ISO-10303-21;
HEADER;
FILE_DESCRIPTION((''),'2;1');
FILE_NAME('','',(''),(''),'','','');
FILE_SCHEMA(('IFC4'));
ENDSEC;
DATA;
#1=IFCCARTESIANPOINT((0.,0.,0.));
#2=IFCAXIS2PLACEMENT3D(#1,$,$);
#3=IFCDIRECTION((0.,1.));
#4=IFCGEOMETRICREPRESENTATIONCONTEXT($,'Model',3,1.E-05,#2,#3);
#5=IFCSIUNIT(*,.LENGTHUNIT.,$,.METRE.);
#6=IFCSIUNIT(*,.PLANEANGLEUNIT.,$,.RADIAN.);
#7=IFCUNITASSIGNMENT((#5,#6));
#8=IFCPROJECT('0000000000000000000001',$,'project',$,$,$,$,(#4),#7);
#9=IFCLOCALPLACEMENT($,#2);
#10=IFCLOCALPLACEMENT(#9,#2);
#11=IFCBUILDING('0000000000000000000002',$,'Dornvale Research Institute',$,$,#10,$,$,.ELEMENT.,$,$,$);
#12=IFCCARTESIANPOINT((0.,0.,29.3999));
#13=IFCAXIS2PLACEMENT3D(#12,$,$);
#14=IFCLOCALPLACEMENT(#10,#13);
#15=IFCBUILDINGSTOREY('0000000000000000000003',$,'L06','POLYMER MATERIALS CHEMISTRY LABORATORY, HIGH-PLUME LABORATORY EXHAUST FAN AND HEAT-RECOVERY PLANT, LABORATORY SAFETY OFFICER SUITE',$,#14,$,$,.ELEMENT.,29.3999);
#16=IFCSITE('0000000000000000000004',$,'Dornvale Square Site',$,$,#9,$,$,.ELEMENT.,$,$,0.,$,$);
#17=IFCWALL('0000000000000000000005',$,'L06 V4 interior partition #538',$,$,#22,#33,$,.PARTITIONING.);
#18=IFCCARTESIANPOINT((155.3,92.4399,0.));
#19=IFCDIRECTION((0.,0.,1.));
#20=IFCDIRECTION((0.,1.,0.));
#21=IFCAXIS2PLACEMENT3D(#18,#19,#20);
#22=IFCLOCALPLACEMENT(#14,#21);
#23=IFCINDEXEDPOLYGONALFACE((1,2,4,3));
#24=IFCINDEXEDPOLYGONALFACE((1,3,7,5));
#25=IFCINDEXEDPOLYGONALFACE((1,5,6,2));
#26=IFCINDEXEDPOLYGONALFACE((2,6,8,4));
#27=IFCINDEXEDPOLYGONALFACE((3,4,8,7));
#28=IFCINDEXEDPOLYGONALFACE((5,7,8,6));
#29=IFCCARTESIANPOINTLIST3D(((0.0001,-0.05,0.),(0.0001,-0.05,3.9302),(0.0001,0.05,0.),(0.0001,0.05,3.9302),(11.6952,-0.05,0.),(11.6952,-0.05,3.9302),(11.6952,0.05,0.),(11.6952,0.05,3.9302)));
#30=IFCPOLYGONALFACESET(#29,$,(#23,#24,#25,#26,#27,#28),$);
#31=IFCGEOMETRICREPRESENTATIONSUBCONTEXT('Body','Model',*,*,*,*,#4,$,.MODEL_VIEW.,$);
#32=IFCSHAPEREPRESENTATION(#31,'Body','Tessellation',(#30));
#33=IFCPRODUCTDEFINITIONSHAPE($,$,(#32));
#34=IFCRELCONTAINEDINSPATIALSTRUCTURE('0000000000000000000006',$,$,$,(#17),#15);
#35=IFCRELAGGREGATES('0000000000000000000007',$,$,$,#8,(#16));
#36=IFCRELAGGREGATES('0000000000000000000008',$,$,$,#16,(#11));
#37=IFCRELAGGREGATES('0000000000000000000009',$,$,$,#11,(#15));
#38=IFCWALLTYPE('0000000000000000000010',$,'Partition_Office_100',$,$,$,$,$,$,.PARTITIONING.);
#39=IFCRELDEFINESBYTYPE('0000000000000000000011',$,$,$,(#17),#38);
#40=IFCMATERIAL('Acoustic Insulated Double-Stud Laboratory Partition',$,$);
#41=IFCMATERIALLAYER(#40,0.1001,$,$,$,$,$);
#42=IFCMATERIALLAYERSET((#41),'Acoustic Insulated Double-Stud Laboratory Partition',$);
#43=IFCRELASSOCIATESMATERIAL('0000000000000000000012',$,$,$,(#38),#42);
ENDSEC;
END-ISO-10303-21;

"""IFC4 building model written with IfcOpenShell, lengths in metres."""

from ifc_helpers import new_model, si_unit, direction, frame, frame_2d, origin, place, context, subcontext, project, spatial, rectangle, extrude, material, layer, layer_set, type_object, element, save


model = new_model("IFC4")

# Units and contexts
model_context = context("Model", 3, precision=1e-05, world=origin(), true_north=direction((0.0, 1.0)))
body_context = subcontext(model_context, "Body", "Model", "MODEL_VIEW")
ifc_project = project(units=[si_unit("LENGTHUNIT", "METRE"), si_unit("PLANEANGLEUNIT", "RADIAN")], contexts=[model_context])

# Site, building, storey
site_placement = place(None, origin())
site = spatial("IfcSite", under=ifc_project, at=site_placement, Name="Dornvale Square Site", CompositionType="ELEMENT", RefElevation=0.0)
building_placement = place(site_placement, origin())
building = spatial("IfcBuilding", under=site, at=building_placement, Name="Dornvale Research Institute", CompositionType="ELEMENT")
storey_placement = place(building_placement, frame((0.0, 0.0, 29.3999)))
storey = spatial("IfcBuildingStorey", under=building, at=storey_placement, Name="L06", Description="POLYMER MATERIALS CHEMISTRY LABORATORY, HIGH-PLUME LABORATORY EXHAUST FAN AND HEAT-RECOVERY PLANT, LABORATORY SAFETY OFFICER SUITE", CompositionType="ELEMENT", Elevation=29.3999)

# Shared definitions
ifc_material_1 = material(Name="Acoustic Insulated Double-Stud Laboratory Partition")
ifc_layer_1 = layer(ifc_material_1, 0.1001)
ifc_layer_set_1 = layer_set([ifc_layer_1], Name="Acoustic Insulated Double-Stud Laboratory Partition")
wall_type_1 = type_object("IfcWallType", Name="Partition_Office_100", PredefinedType="PARTITIONING", material=ifc_layer_set_1)

# Wall
wall_1_placement = place(storey_placement, frame((155.3, 92.4399, 0.0), z_axis=(0.0, 0.0, 1.0), x_axis=(0.0, 1.0, 0.0)))
element("IfcWall", 1, at=wall_1_placement, inside=storey, type_object=wall_type_1, Name="L06 V4 interior partition #538", PredefinedType="PARTITIONING", context=body_context, shape_type="SweptSolid", body=[
    extrude(rectangle(XDim=11.6951, YDim=0.1001, at=frame_2d((5.8477, 0.0))), origin(), (0.0, 0.0, 1.0), 3.9302),
])

save(model, "model.ifc")
